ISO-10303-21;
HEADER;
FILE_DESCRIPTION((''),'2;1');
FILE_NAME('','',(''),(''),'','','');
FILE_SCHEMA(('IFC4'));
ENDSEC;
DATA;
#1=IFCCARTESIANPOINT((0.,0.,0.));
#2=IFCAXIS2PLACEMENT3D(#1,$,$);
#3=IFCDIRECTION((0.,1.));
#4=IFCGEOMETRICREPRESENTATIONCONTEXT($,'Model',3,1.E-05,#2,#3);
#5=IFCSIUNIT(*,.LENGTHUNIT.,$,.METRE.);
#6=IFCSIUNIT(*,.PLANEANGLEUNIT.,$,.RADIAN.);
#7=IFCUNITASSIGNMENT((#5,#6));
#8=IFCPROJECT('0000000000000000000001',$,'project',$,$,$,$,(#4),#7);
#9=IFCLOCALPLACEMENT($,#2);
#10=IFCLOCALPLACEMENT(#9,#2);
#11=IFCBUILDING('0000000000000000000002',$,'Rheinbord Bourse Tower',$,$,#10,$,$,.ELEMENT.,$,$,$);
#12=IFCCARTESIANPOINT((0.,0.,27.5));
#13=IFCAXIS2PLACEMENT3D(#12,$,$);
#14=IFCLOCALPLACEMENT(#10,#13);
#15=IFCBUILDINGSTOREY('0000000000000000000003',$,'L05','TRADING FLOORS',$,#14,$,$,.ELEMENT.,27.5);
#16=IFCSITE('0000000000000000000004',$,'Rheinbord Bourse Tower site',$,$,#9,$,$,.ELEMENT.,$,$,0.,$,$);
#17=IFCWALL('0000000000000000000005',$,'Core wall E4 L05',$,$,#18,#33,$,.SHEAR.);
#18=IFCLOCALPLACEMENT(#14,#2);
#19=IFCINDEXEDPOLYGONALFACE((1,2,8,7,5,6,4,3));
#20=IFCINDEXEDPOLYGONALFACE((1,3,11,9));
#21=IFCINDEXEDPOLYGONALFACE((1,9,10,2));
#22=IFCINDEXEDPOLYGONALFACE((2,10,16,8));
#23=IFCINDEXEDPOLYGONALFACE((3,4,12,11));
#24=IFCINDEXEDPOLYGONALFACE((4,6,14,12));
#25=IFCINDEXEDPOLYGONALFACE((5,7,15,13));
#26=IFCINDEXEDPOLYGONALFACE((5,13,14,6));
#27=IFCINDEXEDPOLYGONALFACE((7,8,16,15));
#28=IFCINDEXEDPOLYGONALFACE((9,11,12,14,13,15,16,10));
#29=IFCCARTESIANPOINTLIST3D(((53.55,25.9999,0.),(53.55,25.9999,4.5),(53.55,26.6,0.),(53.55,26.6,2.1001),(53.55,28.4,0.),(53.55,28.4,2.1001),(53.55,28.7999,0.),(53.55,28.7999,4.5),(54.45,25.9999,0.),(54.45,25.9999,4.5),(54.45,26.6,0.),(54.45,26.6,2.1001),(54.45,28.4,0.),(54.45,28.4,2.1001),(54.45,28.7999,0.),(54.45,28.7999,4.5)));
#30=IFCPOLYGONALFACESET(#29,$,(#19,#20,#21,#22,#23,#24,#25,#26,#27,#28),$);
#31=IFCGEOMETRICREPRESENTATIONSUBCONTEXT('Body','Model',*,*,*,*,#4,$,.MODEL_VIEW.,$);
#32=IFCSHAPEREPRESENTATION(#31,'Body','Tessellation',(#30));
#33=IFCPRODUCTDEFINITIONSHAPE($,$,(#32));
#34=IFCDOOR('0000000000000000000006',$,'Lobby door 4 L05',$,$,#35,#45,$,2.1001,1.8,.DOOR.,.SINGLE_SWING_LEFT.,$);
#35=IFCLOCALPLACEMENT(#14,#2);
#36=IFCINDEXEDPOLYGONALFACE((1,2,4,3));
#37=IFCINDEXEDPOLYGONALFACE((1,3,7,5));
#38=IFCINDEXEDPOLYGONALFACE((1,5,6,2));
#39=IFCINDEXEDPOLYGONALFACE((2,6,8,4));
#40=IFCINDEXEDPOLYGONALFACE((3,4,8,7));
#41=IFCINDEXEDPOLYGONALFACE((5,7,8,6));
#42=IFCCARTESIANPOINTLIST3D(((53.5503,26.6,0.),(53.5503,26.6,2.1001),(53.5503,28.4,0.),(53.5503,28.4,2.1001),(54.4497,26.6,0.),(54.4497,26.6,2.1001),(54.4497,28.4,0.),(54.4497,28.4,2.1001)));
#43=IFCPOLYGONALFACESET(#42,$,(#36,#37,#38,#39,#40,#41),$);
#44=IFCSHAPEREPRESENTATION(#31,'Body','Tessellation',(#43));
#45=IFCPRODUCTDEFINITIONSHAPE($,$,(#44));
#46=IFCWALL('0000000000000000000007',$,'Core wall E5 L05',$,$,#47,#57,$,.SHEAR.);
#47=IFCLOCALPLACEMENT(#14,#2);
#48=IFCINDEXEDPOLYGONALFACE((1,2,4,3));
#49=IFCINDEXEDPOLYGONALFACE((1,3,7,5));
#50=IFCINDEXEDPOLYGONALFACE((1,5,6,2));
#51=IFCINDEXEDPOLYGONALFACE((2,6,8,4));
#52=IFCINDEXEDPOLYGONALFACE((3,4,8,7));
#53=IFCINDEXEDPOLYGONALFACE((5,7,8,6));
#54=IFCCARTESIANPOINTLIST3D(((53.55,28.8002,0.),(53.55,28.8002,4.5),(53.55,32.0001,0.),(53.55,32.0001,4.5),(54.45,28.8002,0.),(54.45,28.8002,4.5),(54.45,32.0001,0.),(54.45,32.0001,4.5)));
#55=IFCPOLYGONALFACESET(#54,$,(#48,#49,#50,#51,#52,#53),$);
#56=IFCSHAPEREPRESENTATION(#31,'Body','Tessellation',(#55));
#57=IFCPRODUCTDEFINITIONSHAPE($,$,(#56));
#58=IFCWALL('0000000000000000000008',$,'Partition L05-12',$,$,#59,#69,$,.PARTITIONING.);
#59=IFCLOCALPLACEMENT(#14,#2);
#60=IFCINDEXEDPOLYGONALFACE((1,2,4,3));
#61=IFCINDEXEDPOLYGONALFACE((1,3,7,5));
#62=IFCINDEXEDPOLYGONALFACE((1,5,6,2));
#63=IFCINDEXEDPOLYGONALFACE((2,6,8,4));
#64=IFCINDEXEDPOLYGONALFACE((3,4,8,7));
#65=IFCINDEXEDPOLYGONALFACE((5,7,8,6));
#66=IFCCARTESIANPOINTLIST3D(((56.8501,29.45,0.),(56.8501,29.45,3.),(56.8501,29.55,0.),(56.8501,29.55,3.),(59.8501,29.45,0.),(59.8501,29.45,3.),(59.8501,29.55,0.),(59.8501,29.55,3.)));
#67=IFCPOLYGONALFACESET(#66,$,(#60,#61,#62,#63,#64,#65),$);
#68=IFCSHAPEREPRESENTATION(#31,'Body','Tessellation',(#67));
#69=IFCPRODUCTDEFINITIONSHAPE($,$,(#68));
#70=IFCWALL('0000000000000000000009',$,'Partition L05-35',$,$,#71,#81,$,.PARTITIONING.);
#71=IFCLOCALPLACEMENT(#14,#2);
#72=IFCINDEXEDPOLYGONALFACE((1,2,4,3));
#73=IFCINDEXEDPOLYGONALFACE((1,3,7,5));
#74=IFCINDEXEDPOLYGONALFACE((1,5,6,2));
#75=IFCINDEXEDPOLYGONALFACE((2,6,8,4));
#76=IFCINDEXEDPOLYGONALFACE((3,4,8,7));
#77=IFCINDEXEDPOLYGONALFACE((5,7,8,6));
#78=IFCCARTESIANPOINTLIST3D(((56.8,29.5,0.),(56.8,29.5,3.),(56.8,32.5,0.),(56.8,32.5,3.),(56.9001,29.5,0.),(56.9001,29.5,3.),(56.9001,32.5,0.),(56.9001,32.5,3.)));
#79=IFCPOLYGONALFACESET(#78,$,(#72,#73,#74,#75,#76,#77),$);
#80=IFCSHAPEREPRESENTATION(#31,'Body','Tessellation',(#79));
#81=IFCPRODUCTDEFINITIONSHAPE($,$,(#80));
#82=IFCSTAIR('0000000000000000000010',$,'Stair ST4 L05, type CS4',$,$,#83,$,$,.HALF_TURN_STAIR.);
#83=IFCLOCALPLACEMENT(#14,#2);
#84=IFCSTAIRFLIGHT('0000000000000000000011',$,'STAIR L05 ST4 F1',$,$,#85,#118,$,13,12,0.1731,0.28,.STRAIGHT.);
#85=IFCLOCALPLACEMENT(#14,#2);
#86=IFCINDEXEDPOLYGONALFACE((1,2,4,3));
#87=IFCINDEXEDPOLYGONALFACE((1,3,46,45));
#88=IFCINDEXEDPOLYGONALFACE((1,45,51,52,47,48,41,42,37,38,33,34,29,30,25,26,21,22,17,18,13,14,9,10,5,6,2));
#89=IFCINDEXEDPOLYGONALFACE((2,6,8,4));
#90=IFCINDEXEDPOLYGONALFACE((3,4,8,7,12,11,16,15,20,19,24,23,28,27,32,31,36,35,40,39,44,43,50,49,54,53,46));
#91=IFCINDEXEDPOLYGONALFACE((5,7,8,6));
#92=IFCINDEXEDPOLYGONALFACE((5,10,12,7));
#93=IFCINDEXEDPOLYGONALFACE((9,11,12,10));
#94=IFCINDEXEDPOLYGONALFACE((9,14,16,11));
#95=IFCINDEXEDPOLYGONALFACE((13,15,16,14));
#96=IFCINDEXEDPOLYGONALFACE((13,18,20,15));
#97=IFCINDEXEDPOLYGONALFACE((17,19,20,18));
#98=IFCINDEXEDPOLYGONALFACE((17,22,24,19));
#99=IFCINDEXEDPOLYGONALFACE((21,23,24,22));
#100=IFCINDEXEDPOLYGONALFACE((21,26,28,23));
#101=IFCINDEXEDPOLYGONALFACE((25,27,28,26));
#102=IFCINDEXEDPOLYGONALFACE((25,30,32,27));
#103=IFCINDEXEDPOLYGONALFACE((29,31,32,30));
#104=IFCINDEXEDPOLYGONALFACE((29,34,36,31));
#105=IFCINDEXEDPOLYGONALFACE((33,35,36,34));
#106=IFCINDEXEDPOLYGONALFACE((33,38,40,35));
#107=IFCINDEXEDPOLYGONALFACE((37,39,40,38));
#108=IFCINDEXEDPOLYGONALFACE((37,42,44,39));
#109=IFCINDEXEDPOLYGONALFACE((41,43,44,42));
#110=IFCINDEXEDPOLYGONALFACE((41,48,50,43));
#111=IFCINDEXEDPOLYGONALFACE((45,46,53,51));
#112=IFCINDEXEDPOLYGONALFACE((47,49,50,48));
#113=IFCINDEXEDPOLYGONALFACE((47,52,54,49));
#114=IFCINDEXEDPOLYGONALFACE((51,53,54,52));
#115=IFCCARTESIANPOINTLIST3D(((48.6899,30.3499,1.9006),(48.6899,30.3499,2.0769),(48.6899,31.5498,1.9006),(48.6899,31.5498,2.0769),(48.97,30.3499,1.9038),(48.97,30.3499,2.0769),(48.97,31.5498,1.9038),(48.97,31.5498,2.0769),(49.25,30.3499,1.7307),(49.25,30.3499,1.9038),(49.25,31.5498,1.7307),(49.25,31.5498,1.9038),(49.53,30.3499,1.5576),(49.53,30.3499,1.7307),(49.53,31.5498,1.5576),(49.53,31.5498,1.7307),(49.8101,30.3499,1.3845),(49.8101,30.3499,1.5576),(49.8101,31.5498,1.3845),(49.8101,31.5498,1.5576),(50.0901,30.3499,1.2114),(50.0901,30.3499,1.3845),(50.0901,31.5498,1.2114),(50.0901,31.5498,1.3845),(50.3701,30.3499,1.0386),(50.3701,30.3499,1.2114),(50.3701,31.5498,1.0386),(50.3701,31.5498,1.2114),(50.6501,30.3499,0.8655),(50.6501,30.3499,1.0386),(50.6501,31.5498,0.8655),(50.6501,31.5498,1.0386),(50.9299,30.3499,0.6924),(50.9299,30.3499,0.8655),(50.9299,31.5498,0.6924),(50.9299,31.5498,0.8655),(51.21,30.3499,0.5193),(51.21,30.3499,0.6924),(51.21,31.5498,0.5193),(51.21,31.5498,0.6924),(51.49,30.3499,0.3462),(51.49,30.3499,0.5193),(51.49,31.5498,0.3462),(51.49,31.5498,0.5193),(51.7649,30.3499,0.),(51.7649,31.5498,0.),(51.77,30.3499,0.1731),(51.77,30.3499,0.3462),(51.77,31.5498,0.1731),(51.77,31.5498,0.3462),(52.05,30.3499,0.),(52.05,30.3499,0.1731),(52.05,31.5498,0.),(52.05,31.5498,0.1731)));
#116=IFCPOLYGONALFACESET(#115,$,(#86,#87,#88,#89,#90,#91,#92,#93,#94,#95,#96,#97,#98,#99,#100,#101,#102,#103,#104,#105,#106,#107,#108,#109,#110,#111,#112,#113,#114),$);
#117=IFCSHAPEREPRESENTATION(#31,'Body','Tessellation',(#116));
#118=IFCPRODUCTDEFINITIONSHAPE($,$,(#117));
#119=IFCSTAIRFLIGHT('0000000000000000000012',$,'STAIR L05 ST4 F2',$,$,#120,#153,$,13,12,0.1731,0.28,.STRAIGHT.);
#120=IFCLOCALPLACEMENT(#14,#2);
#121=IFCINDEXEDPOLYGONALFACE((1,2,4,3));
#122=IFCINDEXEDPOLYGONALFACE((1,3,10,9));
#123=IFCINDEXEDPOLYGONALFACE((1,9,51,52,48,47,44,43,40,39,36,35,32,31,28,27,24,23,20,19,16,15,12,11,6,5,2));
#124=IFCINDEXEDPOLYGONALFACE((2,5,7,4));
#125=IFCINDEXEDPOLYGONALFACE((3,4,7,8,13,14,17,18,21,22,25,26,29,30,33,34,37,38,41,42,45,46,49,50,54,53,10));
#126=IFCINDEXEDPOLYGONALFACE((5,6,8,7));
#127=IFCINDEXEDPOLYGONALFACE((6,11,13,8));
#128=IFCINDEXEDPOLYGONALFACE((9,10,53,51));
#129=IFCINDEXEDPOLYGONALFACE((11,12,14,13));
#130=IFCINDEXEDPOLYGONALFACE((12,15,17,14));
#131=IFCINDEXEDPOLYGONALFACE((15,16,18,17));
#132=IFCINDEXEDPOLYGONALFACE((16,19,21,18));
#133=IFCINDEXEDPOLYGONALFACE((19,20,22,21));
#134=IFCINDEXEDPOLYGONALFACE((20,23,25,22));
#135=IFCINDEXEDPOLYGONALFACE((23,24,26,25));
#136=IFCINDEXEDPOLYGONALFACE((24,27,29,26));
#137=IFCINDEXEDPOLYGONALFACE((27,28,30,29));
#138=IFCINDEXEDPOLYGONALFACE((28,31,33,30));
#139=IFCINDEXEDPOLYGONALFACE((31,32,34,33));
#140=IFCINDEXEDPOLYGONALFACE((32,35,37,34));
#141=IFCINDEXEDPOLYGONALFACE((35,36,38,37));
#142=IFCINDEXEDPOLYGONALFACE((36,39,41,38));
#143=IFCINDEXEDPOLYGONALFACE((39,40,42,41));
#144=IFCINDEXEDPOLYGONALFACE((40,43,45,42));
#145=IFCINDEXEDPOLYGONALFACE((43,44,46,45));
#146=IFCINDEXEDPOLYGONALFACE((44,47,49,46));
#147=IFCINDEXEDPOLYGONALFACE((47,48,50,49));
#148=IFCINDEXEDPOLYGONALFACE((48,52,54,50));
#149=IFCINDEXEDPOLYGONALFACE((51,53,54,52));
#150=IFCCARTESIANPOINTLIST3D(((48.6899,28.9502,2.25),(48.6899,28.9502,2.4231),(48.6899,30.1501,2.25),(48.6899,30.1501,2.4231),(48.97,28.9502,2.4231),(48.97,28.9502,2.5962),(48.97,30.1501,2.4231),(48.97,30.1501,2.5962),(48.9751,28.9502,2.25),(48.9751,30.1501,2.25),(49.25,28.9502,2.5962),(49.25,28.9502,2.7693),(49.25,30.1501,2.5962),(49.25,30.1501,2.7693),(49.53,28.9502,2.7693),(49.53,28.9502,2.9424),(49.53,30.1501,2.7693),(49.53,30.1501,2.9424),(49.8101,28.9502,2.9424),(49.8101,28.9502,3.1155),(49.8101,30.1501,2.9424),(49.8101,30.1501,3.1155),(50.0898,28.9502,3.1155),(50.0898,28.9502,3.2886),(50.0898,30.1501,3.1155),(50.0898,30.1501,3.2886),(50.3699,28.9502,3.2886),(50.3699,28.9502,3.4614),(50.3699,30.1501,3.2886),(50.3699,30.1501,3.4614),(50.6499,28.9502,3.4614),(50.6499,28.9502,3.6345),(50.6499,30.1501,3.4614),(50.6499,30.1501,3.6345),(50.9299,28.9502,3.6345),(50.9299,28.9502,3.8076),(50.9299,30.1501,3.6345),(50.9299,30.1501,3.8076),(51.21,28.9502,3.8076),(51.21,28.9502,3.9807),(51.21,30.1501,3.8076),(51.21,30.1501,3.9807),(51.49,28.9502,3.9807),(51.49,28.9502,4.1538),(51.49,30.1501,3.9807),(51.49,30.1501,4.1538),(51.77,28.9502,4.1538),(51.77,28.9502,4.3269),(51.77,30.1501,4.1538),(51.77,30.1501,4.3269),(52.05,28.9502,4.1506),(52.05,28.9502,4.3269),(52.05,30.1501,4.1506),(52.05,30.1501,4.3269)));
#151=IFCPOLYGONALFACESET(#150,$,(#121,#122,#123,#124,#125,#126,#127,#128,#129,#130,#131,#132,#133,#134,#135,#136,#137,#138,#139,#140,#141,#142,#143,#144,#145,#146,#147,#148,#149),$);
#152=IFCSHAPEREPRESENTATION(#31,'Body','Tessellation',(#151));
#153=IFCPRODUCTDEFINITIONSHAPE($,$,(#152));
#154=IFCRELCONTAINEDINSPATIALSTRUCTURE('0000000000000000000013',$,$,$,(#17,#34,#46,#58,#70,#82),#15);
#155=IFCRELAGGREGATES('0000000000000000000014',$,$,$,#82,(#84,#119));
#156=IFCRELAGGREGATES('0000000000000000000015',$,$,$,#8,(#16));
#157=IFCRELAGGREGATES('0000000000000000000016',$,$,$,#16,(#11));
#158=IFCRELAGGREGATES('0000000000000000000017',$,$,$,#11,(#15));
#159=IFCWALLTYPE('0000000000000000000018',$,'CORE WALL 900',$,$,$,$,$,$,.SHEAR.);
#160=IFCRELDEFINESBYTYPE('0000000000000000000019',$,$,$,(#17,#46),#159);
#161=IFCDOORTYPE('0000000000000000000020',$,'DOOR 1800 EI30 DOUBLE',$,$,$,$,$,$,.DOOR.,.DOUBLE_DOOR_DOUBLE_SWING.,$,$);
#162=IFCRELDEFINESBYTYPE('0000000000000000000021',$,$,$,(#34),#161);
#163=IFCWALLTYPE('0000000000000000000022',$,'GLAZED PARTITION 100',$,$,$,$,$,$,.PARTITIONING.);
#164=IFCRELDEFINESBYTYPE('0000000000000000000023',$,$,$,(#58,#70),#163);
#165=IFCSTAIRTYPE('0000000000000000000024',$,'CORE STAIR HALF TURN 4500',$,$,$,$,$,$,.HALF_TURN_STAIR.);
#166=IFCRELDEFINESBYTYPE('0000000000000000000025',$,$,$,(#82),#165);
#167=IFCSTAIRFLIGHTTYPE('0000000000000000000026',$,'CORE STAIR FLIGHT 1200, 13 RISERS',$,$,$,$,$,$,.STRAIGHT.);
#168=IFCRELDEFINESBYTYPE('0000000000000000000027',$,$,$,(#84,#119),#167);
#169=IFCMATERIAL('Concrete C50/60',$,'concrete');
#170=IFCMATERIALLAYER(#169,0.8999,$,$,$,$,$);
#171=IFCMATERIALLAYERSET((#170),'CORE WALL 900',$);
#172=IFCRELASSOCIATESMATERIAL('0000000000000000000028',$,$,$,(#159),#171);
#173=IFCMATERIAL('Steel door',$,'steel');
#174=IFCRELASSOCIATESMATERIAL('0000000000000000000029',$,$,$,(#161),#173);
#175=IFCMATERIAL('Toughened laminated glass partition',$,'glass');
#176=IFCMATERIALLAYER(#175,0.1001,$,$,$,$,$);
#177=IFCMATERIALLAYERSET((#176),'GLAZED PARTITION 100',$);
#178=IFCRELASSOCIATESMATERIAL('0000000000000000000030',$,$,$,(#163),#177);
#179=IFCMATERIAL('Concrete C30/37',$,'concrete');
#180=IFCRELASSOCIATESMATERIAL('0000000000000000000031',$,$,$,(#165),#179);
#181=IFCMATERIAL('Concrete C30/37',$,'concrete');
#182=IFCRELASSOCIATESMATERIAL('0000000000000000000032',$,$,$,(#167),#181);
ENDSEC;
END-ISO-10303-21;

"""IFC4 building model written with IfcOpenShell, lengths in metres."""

from ifc_helpers import new_model, si_unit, direction, frame, frame_2d, origin, place, context, subcontext, project, spatial, polyline, rectangle, outline, extrude, material, layer, layer_set, type_object, element, fill, aggregate, save


model = new_model("IFC4")

# Units and contexts
model_context = context("Model", 3, precision=1e-05, world=origin(), true_north=direction((0.0, 1.0)))
body_context = subcontext(model_context, "Body", "Model", "MODEL_VIEW")
ifc_project = project(units=[si_unit("LENGTHUNIT", "METRE"), si_unit("PLANEANGLEUNIT", "RADIAN")], contexts=[model_context])

# Site, building, storey
site_placement = place(None, origin())
site = spatial("IfcSite", under=ifc_project, at=site_placement, Name="Rheinbord Bourse Tower site", CompositionType="ELEMENT", RefElevation=0.0)
building_placement = place(site_placement, origin())
building = spatial("IfcBuilding", under=site, at=building_placement, Name="Rheinbord Bourse Tower", CompositionType="ELEMENT")
storey_placement = place(building_placement, frame((0.0, 0.0, 27.5)))
storey = spatial("IfcBuildingStorey", under=building, at=storey_placement, Name="L05", Description="TRADING FLOORS", CompositionType="ELEMENT", Elevation=27.5)

# Shared definitions
ifc_material_1 = material(Name="Concrete C50/60", Category="concrete")
ifc_layer_1 = layer(ifc_material_1, 0.8999)
ifc_layer_set_1 = layer_set([ifc_layer_1], Name="CORE WALL 900")
wall_type_1 = type_object("IfcWallType", Name="CORE WALL 900", PredefinedType="SHEAR", material=ifc_layer_set_1)

# Wall, opening, door
wall_1_placement = place(storey_placement, frame((54.0, 26.0, 0.0), z_axis=(0.0, 0.0, 1.0), x_axis=(0.0, 1.0, 0.0)))
wall_1 = element("IfcWall", 1, at=wall_1_placement, inside=storey, type_object=wall_type_1, Name="Core wall E4 L05", PredefinedType="SHEAR", context=body_context, shape_type="SweptSolid", body=[
    extrude(rectangle(XDim=2.8, YDim=0.8999, at=frame_2d((1.3999, 0.0))), origin(), (0.0, 0.0, 1.0), 4.5),
])
opening_1_placement = place(wall_1_placement, frame((0.6001, 0.0, 0.0)))
opening_1 = element("IfcOpeningElement", 2, at=opening_1_placement, cuts=wall_1, PredefinedType="OPENING", context=body_context, shape_type="SweptSolid", body=[
    extrude(rectangle(XDim=1.8, YDim=2.1001, at=frame_2d((0.8999, 1.05))), frame((0.0, 0.46, 0.0), z_axis=(0.0, -1.0, 0.0), x_axis=(1.0, 0.0, 0.0)), (0.0, 0.0, 1.0), 0.9199),
])
ifc_material_2 = material(Name="Steel door", Category="steel")
door_type_1 = type_object("IfcDoorType", Name="DOOR 1800 EI30 DOUBLE", OperationType="DOUBLE_DOOR_DOUBLE_SWING", PredefinedType="DOOR", material=ifc_material_2)
door_1_placement = place(opening_1_placement, origin())
door_1 = element("IfcDoor", 3, at=door_1_placement, inside=storey, type_object=door_type_1, Name="Lobby door 4 L05", OperationType="SINGLE_SWING_LEFT", OverallHeight=2.1001, OverallWidth=1.8, PredefinedType="DOOR", context=body_context, shape_type="SweptSolid", body=[
    extrude(rectangle(XDim=1.8, YDim=2.1001, at=frame_2d((0.8999, 1.05))), frame((0.0, 0.4497, 0.0), z_axis=(0.0, -1.0, 0.0), x_axis=(1.0, 0.0, 0.0)), (0.0, 0.0, 1.0), 0.8994),
])
fill(opening_1, door_1)

# Walls
wall_2_placement = place(storey_placement, frame((54.0, 28.8, 0.0), z_axis=(0.0, 0.0, 1.0), x_axis=(0.0, 1.0, 0.0)))
element("IfcWall", 4, at=wall_2_placement, inside=storey, type_object=wall_type_1, Name="Core wall E5 L05", PredefinedType="SHEAR", context=body_context, shape_type="SweptSolid", body=[
    extrude(rectangle(XDim=3.2, YDim=0.8999, at=frame_2d((1.6001, 0.0))), origin(), (0.0, 0.0, 1.0), 4.5),
])
ifc_material_3 = material(Name="Toughened laminated glass partition", Category="glass")
ifc_layer_2 = layer(ifc_material_3, 0.1001)
ifc_layer_set_2 = layer_set([ifc_layer_2], Name="GLAZED PARTITION 100")
wall_type_2 = type_object("IfcWallType", Name="GLAZED PARTITION 100", PredefinedType="PARTITIONING", material=ifc_layer_set_2)
for number, where, z_axis, x_axis, name in (
    (5, (56.8501, 29.5, 0.0), (0.0, 0.0, 1.0), (1.0, 0.0, 0.0), "Partition L05-12"),
    (6, (56.8501, 29.5, 0.0), (0.0, 0.0, 1.0), (0.0, 1.0, 0.0), "Partition L05-35"),
):
    element("IfcWall", number, at=place(storey_placement, frame(where, z_axis=z_axis, x_axis=x_axis)), inside=storey, type_object=wall_type_2, Name=name, PredefinedType="PARTITIONING", context=body_context, shape_type="SweptSolid", body=[
        extrude(rectangle(XDim=3.0, YDim=0.1001, at=frame_2d((1.5, 0.0))), origin(), (0.0, 0.0, 1.0), 3.0),
    ])

# Stair, stair flights
ifc_material_4 = material(Name="Concrete C30/37", Category="concrete")
stair_type = type_object("IfcStairType", Name="CORE STAIR HALF TURN 4500", PredefinedType="HALF_TURN_STAIR", material=ifc_material_4)
stair_placement = place(storey_placement, origin())
stair = element("IfcStair", 7, at=stair_placement, inside=storey, type_object=stair_type, Name="Stair ST4 L05, type CS4", PredefinedType="HALF_TURN_STAIR")
ifc_material_5 = material(Name="Concrete C30/37", Category="concrete")
stair_flight_type = type_object("IfcStairFlightType", Name="CORE STAIR FLIGHT 1200, 13 RISERS", PredefinedType="STRAIGHT", material=ifc_material_5)
stair_flight_1_placement = place(storey_placement, frame((52.05, 30.95, 0.0), z_axis=(0.0, 0.0, 1.0), x_axis=(-1.0, 0.0, 0.0)))
stair_flight_1 = element("IfcStairFlight", 8, at=stair_flight_1_placement, type_object=stair_flight_type, Name="STAIR L05 ST4 F1", NumberOfRisers=13, NumberOfTreads=12, PredefinedType="STRAIGHT", RiserHeight=0.1731, TreadLength=0.28, context=body_context, shape_type="SweptSolid", body=[
    extrude(outline(polyline([(0.0, 0.0), (0.0, 0.1731), (0.28, 0.1731), (0.28, 0.3462), (0.5601, 0.3462), (0.5601, 0.5193), (0.8401, 0.5193), (0.8401, 0.6924), (1.1201, 0.6924), (1.1201, 0.8655), (1.3999, 0.8655), (1.3999, 1.0386), (1.6799, 1.0386), (1.6799, 1.2114), (1.96, 1.2114), (1.96, 1.3845), (2.24, 1.3845), (2.24, 1.5576), (2.52, 1.5576), (2.52, 1.7307), (2.8, 1.7307), (2.8, 1.9038), (3.0801, 1.9038), (3.0801, 2.0769), (3.3601, 2.0769), (3.3601, 2.25), (3.3601, 1.9006), (0.2852, 0.0), (0.0, 0.0)])), frame((0.0, 0.6001, 0.0), z_axis=(0.0, -1.0, 0.0), x_axis=(1.0, 0.0, 0.0)), (0.0, 0.0, 1.0), 1.2),
])
stair_flight_2_placement = place(storey_placement, frame((48.6899, 29.55, 2.25), z_axis=(0.0, 0.0, 1.0), x_axis=(1.0, 0.0, 0.0)))
stair_flight_2 = element("IfcStairFlight", 9, at=stair_flight_2_placement, type_object=stair_flight_type, Name="STAIR L05 ST4 F2", NumberOfRisers=13, NumberOfTreads=12, PredefinedType="STRAIGHT", RiserHeight=0.1731, TreadLength=0.28, context=body_context, shape_type="SweptSolid", body=[
    extrude(outline(polyline([(0.0, 0.0), (0.0, 0.1731), (0.28, 0.1731), (0.28, 0.3462), (0.5601, 0.3462), (0.5601, 0.5193), (0.8401, 0.5193), (0.8401, 0.6924), (1.1201, 0.6924), (1.1201, 0.8655), (1.3999, 0.8655), (1.3999, 1.0386), (1.6799, 1.0386), (1.6799, 1.2114), (1.96, 1.2114), (1.96, 1.3845), (2.24, 1.3845), (2.24, 1.5576), (2.52, 1.5576), (2.52, 1.7307), (2.8, 1.7307), (2.8, 1.9038), (3.0801, 1.9038), (3.0801, 2.0769), (3.3601, 2.0769), (3.3601, 2.25), (3.3601, 1.9006), (0.2852, 0.0), (0.0, 0.0)])), frame((0.0, 0.6001, 0.0), z_axis=(0.0, -1.0, 0.0), x_axis=(1.0, 0.0, 0.0)), (0.0, 0.0, 1.0), 1.2),
])
aggregate(stair, [stair_flight_1, stair_flight_2])

save(model, "model.ifc")
